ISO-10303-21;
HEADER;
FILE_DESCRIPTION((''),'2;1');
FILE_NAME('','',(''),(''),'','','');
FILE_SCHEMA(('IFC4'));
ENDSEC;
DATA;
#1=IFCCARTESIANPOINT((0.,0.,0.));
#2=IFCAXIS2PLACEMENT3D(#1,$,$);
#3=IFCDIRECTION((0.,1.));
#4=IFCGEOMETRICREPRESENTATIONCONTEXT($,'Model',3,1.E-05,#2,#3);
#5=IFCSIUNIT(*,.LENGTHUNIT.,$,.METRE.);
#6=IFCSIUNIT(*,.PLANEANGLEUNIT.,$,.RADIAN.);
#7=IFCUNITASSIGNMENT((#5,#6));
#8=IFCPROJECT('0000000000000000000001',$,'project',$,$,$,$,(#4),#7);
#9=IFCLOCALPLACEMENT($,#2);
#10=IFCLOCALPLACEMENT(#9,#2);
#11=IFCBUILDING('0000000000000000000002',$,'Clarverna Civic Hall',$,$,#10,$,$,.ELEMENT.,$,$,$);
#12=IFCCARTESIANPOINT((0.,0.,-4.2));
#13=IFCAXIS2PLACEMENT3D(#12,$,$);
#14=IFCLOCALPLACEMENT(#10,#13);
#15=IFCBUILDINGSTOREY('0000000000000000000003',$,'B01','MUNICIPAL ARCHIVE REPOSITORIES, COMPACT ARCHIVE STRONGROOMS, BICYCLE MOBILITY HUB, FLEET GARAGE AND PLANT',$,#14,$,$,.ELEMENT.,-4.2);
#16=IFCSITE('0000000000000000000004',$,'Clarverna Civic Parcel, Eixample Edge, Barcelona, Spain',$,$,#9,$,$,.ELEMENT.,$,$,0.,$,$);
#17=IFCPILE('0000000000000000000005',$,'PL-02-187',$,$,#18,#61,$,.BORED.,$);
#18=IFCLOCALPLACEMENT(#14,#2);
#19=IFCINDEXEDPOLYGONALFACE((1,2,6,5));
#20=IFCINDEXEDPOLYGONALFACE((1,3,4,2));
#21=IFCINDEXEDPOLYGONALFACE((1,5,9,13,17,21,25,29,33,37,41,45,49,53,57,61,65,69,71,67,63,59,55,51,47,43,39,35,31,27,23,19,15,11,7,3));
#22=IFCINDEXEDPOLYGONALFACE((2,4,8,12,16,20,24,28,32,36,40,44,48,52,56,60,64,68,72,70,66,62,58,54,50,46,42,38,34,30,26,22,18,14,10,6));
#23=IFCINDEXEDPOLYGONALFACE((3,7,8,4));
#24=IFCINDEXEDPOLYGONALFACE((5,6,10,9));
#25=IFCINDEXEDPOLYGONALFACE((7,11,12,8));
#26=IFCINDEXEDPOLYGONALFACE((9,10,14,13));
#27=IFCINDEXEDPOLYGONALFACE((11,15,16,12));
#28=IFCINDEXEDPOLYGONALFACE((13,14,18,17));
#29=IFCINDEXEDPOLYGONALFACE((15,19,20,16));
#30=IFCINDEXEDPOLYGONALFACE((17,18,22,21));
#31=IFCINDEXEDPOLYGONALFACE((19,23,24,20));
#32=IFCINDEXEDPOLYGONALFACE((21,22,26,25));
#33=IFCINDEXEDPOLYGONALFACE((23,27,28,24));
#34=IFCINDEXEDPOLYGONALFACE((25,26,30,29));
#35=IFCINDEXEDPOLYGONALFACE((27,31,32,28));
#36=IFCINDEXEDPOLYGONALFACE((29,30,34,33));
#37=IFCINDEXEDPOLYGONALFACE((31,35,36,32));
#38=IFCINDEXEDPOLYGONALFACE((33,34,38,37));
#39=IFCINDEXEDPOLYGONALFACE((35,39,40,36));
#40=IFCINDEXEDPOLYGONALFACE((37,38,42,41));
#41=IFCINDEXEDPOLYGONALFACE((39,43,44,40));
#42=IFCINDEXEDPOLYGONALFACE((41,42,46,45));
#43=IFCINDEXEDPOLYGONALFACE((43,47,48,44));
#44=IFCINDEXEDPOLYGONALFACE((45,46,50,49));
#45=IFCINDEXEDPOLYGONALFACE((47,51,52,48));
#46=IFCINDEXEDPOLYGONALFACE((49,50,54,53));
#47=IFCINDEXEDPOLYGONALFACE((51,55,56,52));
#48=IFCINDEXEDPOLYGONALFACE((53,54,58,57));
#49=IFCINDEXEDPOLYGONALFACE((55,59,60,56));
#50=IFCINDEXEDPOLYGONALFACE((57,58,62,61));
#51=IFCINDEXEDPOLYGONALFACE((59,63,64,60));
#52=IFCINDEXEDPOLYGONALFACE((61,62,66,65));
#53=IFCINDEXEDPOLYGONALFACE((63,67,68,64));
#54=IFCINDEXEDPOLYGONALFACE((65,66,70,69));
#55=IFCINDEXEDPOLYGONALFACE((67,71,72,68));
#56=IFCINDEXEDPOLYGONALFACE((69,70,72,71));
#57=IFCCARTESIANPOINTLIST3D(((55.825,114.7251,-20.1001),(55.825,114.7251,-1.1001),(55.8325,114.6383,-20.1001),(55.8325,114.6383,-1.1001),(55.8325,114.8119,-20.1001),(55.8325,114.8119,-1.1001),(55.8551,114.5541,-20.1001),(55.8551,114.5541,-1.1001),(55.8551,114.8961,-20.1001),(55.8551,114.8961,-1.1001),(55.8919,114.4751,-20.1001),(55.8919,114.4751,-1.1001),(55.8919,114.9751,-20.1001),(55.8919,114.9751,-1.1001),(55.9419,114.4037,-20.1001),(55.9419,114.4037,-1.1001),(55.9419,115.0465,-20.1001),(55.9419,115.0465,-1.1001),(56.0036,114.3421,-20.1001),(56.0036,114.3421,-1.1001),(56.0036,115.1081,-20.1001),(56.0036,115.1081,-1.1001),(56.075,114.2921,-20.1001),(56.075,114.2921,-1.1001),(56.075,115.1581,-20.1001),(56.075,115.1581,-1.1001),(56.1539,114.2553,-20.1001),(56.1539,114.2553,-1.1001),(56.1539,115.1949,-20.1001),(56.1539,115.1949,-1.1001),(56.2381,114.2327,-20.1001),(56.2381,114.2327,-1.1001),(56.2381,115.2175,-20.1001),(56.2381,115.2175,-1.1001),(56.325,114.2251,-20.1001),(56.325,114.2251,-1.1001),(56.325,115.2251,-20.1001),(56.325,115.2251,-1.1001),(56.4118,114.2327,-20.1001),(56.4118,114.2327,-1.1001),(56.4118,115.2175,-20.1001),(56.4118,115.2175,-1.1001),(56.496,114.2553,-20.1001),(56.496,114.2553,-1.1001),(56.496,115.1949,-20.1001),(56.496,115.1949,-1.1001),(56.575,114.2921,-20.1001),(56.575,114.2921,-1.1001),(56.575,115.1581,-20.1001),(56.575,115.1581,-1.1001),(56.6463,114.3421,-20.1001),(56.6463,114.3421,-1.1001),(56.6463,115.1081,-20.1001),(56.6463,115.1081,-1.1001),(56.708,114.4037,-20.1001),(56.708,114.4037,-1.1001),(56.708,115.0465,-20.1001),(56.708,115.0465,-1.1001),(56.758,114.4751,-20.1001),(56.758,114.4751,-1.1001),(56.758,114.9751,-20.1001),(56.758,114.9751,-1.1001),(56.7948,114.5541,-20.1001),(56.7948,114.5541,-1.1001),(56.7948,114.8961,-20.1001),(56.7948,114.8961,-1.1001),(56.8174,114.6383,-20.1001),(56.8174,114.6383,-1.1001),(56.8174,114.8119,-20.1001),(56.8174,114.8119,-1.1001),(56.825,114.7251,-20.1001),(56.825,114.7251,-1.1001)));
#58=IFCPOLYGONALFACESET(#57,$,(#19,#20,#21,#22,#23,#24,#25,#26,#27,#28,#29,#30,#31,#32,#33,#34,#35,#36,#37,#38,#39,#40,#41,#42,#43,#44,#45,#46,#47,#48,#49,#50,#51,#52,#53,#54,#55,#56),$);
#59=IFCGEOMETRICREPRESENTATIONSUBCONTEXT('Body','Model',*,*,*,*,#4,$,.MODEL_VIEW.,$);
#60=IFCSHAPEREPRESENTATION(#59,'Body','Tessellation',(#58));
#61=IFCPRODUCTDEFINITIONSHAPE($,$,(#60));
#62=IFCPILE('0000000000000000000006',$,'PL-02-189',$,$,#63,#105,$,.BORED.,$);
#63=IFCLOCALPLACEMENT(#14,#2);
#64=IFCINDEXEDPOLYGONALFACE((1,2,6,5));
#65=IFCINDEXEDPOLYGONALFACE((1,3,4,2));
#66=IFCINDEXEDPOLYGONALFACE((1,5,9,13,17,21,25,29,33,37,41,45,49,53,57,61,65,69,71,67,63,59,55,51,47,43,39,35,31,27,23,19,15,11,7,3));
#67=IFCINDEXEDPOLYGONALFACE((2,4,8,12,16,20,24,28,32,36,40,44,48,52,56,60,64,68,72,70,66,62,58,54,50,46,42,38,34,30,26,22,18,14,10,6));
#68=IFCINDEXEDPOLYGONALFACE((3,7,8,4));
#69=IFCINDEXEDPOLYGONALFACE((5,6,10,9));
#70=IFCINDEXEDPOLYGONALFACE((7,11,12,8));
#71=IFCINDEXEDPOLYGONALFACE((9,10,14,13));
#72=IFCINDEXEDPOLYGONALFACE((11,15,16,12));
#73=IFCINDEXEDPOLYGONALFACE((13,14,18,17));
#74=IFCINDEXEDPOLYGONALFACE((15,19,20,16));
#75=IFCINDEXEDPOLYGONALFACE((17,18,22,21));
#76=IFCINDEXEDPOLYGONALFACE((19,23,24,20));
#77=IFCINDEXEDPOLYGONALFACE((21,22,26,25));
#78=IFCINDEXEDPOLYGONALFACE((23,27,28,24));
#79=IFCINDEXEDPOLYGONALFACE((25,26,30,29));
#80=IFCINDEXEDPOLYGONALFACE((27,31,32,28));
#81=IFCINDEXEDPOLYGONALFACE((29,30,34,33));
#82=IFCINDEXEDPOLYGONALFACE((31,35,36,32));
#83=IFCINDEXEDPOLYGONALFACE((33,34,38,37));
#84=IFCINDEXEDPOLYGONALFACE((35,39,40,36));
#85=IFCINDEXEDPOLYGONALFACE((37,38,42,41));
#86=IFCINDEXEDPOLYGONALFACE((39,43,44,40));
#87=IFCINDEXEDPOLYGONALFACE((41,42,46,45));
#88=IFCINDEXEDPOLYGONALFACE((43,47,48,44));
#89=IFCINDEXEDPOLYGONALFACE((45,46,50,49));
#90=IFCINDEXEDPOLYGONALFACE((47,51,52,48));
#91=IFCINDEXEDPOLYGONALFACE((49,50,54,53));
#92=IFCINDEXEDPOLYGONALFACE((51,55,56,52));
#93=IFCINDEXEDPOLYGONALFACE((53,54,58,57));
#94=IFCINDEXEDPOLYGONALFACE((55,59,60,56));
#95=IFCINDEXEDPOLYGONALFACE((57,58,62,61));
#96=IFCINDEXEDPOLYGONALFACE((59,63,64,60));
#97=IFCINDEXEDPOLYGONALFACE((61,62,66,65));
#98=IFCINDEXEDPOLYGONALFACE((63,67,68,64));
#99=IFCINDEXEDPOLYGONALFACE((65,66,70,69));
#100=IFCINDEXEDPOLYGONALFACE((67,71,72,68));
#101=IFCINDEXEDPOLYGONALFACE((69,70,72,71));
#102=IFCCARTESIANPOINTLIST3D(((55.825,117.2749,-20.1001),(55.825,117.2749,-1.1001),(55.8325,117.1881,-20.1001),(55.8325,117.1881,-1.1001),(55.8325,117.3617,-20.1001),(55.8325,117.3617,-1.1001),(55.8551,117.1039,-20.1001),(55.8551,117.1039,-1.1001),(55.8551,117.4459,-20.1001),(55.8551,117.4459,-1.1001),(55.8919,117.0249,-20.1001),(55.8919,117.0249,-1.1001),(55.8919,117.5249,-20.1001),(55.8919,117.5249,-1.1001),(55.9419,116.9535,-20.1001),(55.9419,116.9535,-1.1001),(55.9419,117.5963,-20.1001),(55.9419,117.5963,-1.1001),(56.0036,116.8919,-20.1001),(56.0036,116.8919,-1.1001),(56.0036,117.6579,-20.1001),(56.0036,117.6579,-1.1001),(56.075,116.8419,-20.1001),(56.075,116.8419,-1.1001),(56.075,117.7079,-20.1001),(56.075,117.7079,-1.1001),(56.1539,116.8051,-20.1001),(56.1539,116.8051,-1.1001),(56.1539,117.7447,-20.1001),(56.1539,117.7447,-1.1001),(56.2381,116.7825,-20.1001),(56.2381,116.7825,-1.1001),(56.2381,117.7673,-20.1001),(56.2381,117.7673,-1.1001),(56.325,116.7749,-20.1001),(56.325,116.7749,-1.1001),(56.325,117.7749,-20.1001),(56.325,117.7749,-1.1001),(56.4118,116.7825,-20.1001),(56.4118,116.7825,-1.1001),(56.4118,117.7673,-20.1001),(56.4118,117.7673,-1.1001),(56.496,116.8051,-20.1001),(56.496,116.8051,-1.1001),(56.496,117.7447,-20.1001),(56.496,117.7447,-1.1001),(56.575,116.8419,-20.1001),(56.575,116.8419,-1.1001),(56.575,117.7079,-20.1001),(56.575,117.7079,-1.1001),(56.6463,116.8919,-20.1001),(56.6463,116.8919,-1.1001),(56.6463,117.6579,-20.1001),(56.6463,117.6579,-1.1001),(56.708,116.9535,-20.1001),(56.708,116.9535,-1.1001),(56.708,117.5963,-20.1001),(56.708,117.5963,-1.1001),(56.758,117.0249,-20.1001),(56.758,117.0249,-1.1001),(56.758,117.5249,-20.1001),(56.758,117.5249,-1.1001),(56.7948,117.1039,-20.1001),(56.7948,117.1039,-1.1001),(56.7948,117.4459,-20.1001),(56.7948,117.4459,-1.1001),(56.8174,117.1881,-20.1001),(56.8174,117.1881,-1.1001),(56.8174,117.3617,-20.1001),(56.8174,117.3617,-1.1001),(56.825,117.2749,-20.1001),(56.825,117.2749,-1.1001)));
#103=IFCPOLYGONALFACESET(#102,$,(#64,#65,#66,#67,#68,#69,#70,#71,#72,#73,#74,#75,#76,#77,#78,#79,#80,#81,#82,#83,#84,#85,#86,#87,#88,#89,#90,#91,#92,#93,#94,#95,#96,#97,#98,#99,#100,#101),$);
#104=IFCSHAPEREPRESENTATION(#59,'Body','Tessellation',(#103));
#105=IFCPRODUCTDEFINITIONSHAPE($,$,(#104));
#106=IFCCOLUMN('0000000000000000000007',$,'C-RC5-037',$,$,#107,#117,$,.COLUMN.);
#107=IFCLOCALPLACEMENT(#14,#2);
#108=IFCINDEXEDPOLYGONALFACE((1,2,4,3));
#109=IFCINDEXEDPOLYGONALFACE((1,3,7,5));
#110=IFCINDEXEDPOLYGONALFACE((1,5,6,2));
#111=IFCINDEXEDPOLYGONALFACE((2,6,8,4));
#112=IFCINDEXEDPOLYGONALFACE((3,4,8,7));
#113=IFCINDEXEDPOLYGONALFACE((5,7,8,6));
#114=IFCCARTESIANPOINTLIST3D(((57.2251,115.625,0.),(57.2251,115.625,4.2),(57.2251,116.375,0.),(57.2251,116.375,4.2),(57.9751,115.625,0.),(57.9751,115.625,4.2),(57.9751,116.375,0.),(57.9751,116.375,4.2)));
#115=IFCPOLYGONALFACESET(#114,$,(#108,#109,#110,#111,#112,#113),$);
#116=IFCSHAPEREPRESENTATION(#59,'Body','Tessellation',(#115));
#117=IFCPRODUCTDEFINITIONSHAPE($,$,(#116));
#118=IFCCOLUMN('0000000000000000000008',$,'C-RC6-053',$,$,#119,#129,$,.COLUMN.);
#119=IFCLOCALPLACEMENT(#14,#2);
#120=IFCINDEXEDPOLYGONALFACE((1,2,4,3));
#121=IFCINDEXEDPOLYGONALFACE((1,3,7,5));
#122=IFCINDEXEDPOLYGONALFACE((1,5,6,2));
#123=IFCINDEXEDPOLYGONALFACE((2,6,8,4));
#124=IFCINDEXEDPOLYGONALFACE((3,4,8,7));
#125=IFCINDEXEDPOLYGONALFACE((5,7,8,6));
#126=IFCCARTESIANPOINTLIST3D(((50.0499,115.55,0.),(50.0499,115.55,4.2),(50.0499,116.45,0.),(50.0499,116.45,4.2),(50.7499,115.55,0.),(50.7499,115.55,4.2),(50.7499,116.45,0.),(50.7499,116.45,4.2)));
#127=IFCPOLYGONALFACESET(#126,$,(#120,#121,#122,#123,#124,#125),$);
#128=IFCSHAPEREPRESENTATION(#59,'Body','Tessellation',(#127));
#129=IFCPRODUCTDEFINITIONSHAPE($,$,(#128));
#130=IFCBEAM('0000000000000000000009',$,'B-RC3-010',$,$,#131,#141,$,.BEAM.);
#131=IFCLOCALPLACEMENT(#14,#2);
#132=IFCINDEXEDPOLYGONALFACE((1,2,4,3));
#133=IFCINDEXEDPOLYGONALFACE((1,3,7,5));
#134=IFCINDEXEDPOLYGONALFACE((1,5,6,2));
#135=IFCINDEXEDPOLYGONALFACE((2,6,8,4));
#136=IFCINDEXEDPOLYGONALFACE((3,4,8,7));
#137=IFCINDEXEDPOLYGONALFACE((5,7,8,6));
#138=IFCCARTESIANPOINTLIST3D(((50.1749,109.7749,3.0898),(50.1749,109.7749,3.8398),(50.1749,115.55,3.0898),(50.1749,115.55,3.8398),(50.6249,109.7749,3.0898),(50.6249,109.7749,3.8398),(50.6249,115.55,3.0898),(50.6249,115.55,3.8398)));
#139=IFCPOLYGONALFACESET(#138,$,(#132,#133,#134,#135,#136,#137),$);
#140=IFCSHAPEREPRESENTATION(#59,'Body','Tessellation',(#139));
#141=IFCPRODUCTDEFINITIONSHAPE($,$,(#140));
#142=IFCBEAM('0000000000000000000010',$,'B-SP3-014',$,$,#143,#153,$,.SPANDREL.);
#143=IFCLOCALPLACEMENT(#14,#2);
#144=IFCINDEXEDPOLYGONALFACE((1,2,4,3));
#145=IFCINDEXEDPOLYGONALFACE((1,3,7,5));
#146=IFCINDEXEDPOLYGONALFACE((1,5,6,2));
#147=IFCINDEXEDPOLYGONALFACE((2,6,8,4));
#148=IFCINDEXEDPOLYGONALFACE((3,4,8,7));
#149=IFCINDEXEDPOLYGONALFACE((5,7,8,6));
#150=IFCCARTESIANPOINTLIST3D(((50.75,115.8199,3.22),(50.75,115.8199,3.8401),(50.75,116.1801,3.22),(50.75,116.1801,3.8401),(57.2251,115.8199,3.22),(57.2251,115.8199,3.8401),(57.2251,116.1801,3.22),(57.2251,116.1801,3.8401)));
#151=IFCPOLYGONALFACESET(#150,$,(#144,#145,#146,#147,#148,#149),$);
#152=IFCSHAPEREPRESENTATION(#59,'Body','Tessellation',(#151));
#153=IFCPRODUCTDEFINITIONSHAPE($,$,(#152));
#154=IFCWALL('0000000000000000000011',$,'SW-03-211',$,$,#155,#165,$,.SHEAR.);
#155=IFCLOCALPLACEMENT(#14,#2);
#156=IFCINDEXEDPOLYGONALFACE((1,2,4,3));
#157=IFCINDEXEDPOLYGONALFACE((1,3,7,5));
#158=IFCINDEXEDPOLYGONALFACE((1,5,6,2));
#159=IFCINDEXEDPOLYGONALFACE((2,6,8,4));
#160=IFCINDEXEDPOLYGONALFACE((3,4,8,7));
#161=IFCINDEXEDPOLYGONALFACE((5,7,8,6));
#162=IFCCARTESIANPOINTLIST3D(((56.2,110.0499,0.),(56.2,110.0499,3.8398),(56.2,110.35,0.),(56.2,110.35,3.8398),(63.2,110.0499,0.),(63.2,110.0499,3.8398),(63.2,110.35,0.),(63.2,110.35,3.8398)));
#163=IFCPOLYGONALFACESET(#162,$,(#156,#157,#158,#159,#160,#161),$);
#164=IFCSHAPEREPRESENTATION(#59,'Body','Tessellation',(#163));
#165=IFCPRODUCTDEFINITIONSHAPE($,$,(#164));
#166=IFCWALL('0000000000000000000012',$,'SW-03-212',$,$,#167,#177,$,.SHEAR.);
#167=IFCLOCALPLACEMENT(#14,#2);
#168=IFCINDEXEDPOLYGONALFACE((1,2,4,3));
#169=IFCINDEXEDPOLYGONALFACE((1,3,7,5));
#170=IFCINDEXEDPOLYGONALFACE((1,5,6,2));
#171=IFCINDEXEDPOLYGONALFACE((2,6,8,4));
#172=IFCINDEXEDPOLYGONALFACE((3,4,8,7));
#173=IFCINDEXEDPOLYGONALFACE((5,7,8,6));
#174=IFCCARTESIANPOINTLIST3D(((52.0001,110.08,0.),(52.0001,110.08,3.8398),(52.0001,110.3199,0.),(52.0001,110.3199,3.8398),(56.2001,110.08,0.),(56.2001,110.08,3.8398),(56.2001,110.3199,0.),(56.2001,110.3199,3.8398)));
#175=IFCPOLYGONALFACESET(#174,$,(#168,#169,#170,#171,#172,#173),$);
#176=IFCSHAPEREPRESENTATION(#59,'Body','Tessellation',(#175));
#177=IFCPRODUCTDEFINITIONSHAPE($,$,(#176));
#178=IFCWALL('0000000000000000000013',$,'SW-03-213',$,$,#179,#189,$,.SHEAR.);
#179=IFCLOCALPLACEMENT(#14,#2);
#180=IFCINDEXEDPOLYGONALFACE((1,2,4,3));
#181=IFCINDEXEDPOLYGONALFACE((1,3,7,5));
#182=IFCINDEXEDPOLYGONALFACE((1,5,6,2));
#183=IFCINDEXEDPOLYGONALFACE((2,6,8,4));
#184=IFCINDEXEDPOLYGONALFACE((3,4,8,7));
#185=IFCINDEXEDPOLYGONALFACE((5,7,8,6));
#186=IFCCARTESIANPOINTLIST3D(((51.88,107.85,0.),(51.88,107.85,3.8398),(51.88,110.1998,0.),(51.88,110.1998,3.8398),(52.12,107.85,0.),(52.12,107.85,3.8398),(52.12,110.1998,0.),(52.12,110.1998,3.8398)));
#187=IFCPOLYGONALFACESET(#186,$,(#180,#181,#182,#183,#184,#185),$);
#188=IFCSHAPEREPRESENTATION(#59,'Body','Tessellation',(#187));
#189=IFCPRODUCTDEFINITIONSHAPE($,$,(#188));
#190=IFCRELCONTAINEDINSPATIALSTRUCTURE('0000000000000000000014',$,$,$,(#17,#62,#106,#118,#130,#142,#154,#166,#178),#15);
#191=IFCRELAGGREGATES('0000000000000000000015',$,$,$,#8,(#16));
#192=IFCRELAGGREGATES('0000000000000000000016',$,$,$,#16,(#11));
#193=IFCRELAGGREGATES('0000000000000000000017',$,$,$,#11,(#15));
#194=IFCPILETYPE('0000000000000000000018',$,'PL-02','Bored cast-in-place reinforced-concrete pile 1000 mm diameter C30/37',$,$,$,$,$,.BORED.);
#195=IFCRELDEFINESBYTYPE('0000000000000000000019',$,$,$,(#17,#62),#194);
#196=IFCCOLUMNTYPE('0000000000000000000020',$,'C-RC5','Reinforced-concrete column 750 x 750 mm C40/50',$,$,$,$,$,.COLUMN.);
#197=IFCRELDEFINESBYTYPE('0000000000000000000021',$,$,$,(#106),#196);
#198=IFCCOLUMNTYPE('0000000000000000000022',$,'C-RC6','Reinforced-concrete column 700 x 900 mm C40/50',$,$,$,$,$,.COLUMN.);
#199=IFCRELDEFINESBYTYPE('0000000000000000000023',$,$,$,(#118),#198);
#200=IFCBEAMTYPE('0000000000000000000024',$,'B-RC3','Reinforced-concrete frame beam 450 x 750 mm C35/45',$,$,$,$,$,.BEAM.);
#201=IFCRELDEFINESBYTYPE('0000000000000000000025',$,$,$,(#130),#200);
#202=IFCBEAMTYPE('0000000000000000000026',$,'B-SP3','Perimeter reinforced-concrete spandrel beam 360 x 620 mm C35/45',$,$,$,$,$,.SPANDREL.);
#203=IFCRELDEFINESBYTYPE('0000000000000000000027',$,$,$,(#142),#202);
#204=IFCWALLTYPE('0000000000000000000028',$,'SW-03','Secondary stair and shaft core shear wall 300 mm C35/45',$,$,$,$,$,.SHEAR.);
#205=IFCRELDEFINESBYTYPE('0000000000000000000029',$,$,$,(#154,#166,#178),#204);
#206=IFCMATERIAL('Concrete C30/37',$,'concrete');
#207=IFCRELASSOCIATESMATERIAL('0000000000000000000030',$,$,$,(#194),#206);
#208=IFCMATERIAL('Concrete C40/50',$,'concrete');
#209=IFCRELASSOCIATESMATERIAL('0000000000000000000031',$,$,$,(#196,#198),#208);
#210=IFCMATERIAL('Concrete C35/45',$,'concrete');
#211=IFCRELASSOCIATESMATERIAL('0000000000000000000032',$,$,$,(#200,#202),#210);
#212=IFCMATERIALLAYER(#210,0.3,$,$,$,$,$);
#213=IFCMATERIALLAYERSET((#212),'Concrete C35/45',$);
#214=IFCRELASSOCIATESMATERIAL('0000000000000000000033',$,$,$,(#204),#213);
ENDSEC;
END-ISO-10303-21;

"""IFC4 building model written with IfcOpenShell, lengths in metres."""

from ifc_helpers import new_model, si_unit, direction, frame, frame_2d, origin, origin_2d, place, context, subcontext, project, spatial, rectangle, circle, extrude, material, layer, layer_set, material_profile, profile_set, type_object, element, save


model = new_model("IFC4")

# Units and contexts
model_context = context("Model", 3, precision=1e-05, world=origin(), true_north=direction((0.0, 1.0)))
body_context = subcontext(model_context, "Body", "Model", "MODEL_VIEW")
ifc_project = project(units=[si_unit("LENGTHUNIT", "METRE"), si_unit("PLANEANGLEUNIT", "RADIAN")], contexts=[model_context])

# Site, building, storey
site_placement = place(None, origin())
site = spatial("IfcSite", under=ifc_project, at=site_placement, Name="Clarverna Civic Parcel, Eixample Edge, Barcelona, Spain", CompositionType="ELEMENT", RefElevation=0.0)
building_placement = place(site_placement, origin())
building = spatial("IfcBuilding", under=site, at=building_placement, Name="Clarverna Civic Hall", CompositionType="ELEMENT")
storey_placement = place(building_placement, frame((0.0, 0.0, -4.2)))
storey = spatial("IfcBuildingStorey", under=building, at=storey_placement, Name="B01", Description="MUNICIPAL ARCHIVE REPOSITORIES, COMPACT ARCHIVE STRONGROOMS, BICYCLE MOBILITY HUB, FLEET GARAGE AND PLANT", CompositionType="ELEMENT", Elevation=-4.2)

# Shared definitions
ifc_material_1 = material(Name="Concrete C30/37", Category="concrete")

# Piles
ifc_material_profile_1 = material_profile(ifc_material_1, circle(Radius=0.5, at=origin_2d()), Name="BORED PILE D1000")
ifc_profile_set_1 = profile_set([ifc_material_profile_1], Name="Concrete C30/37")
pile_type_1 = type_object("IfcPileType", Name="PL-02", Description="Bored cast-in-place reinforced-concrete pile 1000 mm diameter C30/37", PredefinedType="BORED", material=ifc_profile_set_1)
for number, where, z_axis, x_axis, name in (
    (1, (56.325, 114.7251, -1.1001), (0.0, 0.0, -1.0), (1.0, 0.0, 0.0), "PL-02-187"),
    (2, (56.325, 117.2749, -1.1001), (0.0, 0.0, -1.0), (1.0, 0.0, 0.0), "PL-02-189"),
):
    element("IfcPile", number, at=place(storey_placement, frame(where, z_axis=z_axis, x_axis=x_axis)), inside=storey, type_object=pile_type_1, Name=name, PredefinedType="BORED", context=body_context, shape_type="SweptSolid", body=[
        extrude(circle(Radius=0.5, at=origin_2d()), origin(), (0.0, 0.0, 1.0), 19.0),
    ])

# Columns
ifc_material_2 = material(Name="Concrete C40/50", Category="concrete")
ifc_material_profile_2 = material_profile(ifc_material_2, rectangle(XDim=0.75, YDim=0.75, at=origin_2d()), Name="RC 750x750")
ifc_profile_set_2 = profile_set([ifc_material_profile_2], Name="Concrete C40/50")
column_type_1 = type_object("IfcColumnType", Name="C-RC5", Description="Reinforced-concrete column 750 x 750 mm C40/50", PredefinedType="COLUMN", material=ifc_profile_set_2)
column_1_placement = place(storey_placement, frame((57.6001, 116.0, 0.0), z_axis=(0.0, 0.0, 1.0), x_axis=(1.0, 0.0, 0.0)))
element("IfcColumn", 3, at=column_1_placement, inside=storey, type_object=column_type_1, Name="C-RC5-037", PredefinedType="COLUMN", context=body_context, shape_type="SweptSolid", body=[
    extrude(rectangle(XDim=0.75, YDim=0.75, at=origin_2d()), origin(), (0.0, 0.0, 1.0), 4.2),
])
ifc_material_profile_3 = material_profile(ifc_material_2, rectangle(XDim=0.7, YDim=0.8999, at=origin_2d()), Name="RC 700x900")
ifc_profile_set_3 = profile_set([ifc_material_profile_3], Name="Concrete C40/50")
column_type_2 = type_object("IfcColumnType", Name="C-RC6", Description="Reinforced-concrete column 700 x 900 mm C40/50", PredefinedType="COLUMN", material=ifc_profile_set_3)
column_2_placement = place(storey_placement, frame((50.3999, 116.0, 0.0), z_axis=(0.0, 0.0, 1.0), x_axis=(1.0, 0.0, 0.0)))
element("IfcColumn", 4, at=column_2_placement, inside=storey, type_object=column_type_2, Name="C-RC6-053", PredefinedType="COLUMN", context=body_context, shape_type="SweptSolid", body=[
    extrude(rectangle(XDim=0.7, YDim=0.8999, at=origin_2d()), origin(), (0.0, 0.0, 1.0), 4.2),
])

# Beams
ifc_material_3 = material(Name="Concrete C35/45", Category="concrete")
ifc_material_profile_4 = material_profile(ifc_material_3, rectangle(XDim=0.45, YDim=0.75, at=origin_2d()), Name="RC 450x750")
ifc_profile_set_4 = profile_set([ifc_material_profile_4], Name="Concrete C35/45")
beam_type_1 = type_object("IfcBeamType", Name="B-RC3", Description="Reinforced-concrete frame beam 450 x 750 mm C35/45", PredefinedType="BEAM", material=ifc_profile_set_4)
beam_1_placement = place(storey_placement, frame((50.3999, 109.7749, 3.4648), z_axis=(0.0, 1.0, 0.0), x_axis=(-1.0, 0.0, 0.0)))
element("IfcBeam", 5, at=beam_1_placement, inside=storey, type_object=beam_type_1, Name="B-RC3-010", PredefinedType="BEAM", context=body_context, shape_type="SweptSolid", body=[
    extrude(rectangle(XDim=0.45, YDim=0.75, at=origin_2d()), origin(), (0.0, 0.0, 1.0), 5.7751),
])
ifc_material_profile_5 = material_profile(ifc_material_3, rectangle(XDim=0.3601, YDim=0.6201, at=origin_2d()), Name="RC 360x620")
ifc_profile_set_5 = profile_set([ifc_material_profile_5], Name="Concrete C35/45")
beam_type_2 = type_object("IfcBeamType", Name="B-SP3", Description="Perimeter reinforced-concrete spandrel beam 360 x 620 mm C35/45", PredefinedType="SPANDREL", material=ifc_profile_set_5)
beam_2_placement = place(storey_placement, frame((50.75, 116.0, 3.53), z_axis=(1.0, 0.0, 0.0), x_axis=(0.0, 1.0, 0.0)))
element("IfcBeam", 6, at=beam_2_placement, inside=storey, type_object=beam_type_2, Name="B-SP3-014", PredefinedType="SPANDREL", context=body_context, shape_type="SweptSolid", body=[
    extrude(rectangle(XDim=0.3601, YDim=0.6201, at=origin_2d()), origin(), (0.0, 0.0, 1.0), 6.4751),
])

# Walls
ifc_layer = layer(ifc_material_3, 0.3)
ifc_layer_set = layer_set([ifc_layer], Name="Concrete C35/45")
wall_type = type_object("IfcWallType", Name="SW-03", Description="Secondary stair and shaft core shear wall 300 mm C35/45", PredefinedType="SHEAR", material=ifc_layer_set)
wall_1_placement = place(storey_placement, frame((56.2, 110.2, 0.0), z_axis=(0.0, 0.0, 1.0), x_axis=(1.0, 0.0, 0.0)))
element("IfcWall", 7, at=wall_1_placement, inside=storey, type_object=wall_type, Name="SW-03-211", PredefinedType="SHEAR", context=body_context, shape_type="SweptSolid", body=[
    extrude(rectangle(XDim=7.0, YDim=0.3, at=frame_2d((3.5, 0.0))), origin(), (0.0, 0.0, 1.0), 3.8398),
])
wall_2_placement = place(storey_placement, frame((52.0, 110.2, 0.0), z_axis=(0.0, 0.0, 1.0), x_axis=(1.0, 0.0, 0.0)))
element("IfcWall", 8, at=wall_2_placement, inside=storey, type_object=wall_type, Name="SW-03-212", PredefinedType="SHEAR", context=body_context, shape_type="SweptSolid", body=[
    extrude(rectangle(XDim=4.2, YDim=0.24, at=frame_2d((2.1001, 0.0))), origin(), (0.0, 0.0, 1.0), 3.8398),
])
wall_3_placement = place(storey_placement, frame((52.0, 107.8501, 0.0), z_axis=(0.0, 0.0, 1.0), x_axis=(0.0, 1.0, 0.0)))
element("IfcWall", 9, at=wall_3_placement, inside=storey, type_object=wall_type, Name="SW-03-213", PredefinedType="SHEAR", context=body_context, shape_type="SweptSolid", body=[
    extrude(rectangle(XDim=2.3499, YDim=0.24, at=frame_2d((1.1748, 0.0))), origin(), (0.0, 0.0, 1.0), 3.8398),
])

save(model, "model.ifc")
